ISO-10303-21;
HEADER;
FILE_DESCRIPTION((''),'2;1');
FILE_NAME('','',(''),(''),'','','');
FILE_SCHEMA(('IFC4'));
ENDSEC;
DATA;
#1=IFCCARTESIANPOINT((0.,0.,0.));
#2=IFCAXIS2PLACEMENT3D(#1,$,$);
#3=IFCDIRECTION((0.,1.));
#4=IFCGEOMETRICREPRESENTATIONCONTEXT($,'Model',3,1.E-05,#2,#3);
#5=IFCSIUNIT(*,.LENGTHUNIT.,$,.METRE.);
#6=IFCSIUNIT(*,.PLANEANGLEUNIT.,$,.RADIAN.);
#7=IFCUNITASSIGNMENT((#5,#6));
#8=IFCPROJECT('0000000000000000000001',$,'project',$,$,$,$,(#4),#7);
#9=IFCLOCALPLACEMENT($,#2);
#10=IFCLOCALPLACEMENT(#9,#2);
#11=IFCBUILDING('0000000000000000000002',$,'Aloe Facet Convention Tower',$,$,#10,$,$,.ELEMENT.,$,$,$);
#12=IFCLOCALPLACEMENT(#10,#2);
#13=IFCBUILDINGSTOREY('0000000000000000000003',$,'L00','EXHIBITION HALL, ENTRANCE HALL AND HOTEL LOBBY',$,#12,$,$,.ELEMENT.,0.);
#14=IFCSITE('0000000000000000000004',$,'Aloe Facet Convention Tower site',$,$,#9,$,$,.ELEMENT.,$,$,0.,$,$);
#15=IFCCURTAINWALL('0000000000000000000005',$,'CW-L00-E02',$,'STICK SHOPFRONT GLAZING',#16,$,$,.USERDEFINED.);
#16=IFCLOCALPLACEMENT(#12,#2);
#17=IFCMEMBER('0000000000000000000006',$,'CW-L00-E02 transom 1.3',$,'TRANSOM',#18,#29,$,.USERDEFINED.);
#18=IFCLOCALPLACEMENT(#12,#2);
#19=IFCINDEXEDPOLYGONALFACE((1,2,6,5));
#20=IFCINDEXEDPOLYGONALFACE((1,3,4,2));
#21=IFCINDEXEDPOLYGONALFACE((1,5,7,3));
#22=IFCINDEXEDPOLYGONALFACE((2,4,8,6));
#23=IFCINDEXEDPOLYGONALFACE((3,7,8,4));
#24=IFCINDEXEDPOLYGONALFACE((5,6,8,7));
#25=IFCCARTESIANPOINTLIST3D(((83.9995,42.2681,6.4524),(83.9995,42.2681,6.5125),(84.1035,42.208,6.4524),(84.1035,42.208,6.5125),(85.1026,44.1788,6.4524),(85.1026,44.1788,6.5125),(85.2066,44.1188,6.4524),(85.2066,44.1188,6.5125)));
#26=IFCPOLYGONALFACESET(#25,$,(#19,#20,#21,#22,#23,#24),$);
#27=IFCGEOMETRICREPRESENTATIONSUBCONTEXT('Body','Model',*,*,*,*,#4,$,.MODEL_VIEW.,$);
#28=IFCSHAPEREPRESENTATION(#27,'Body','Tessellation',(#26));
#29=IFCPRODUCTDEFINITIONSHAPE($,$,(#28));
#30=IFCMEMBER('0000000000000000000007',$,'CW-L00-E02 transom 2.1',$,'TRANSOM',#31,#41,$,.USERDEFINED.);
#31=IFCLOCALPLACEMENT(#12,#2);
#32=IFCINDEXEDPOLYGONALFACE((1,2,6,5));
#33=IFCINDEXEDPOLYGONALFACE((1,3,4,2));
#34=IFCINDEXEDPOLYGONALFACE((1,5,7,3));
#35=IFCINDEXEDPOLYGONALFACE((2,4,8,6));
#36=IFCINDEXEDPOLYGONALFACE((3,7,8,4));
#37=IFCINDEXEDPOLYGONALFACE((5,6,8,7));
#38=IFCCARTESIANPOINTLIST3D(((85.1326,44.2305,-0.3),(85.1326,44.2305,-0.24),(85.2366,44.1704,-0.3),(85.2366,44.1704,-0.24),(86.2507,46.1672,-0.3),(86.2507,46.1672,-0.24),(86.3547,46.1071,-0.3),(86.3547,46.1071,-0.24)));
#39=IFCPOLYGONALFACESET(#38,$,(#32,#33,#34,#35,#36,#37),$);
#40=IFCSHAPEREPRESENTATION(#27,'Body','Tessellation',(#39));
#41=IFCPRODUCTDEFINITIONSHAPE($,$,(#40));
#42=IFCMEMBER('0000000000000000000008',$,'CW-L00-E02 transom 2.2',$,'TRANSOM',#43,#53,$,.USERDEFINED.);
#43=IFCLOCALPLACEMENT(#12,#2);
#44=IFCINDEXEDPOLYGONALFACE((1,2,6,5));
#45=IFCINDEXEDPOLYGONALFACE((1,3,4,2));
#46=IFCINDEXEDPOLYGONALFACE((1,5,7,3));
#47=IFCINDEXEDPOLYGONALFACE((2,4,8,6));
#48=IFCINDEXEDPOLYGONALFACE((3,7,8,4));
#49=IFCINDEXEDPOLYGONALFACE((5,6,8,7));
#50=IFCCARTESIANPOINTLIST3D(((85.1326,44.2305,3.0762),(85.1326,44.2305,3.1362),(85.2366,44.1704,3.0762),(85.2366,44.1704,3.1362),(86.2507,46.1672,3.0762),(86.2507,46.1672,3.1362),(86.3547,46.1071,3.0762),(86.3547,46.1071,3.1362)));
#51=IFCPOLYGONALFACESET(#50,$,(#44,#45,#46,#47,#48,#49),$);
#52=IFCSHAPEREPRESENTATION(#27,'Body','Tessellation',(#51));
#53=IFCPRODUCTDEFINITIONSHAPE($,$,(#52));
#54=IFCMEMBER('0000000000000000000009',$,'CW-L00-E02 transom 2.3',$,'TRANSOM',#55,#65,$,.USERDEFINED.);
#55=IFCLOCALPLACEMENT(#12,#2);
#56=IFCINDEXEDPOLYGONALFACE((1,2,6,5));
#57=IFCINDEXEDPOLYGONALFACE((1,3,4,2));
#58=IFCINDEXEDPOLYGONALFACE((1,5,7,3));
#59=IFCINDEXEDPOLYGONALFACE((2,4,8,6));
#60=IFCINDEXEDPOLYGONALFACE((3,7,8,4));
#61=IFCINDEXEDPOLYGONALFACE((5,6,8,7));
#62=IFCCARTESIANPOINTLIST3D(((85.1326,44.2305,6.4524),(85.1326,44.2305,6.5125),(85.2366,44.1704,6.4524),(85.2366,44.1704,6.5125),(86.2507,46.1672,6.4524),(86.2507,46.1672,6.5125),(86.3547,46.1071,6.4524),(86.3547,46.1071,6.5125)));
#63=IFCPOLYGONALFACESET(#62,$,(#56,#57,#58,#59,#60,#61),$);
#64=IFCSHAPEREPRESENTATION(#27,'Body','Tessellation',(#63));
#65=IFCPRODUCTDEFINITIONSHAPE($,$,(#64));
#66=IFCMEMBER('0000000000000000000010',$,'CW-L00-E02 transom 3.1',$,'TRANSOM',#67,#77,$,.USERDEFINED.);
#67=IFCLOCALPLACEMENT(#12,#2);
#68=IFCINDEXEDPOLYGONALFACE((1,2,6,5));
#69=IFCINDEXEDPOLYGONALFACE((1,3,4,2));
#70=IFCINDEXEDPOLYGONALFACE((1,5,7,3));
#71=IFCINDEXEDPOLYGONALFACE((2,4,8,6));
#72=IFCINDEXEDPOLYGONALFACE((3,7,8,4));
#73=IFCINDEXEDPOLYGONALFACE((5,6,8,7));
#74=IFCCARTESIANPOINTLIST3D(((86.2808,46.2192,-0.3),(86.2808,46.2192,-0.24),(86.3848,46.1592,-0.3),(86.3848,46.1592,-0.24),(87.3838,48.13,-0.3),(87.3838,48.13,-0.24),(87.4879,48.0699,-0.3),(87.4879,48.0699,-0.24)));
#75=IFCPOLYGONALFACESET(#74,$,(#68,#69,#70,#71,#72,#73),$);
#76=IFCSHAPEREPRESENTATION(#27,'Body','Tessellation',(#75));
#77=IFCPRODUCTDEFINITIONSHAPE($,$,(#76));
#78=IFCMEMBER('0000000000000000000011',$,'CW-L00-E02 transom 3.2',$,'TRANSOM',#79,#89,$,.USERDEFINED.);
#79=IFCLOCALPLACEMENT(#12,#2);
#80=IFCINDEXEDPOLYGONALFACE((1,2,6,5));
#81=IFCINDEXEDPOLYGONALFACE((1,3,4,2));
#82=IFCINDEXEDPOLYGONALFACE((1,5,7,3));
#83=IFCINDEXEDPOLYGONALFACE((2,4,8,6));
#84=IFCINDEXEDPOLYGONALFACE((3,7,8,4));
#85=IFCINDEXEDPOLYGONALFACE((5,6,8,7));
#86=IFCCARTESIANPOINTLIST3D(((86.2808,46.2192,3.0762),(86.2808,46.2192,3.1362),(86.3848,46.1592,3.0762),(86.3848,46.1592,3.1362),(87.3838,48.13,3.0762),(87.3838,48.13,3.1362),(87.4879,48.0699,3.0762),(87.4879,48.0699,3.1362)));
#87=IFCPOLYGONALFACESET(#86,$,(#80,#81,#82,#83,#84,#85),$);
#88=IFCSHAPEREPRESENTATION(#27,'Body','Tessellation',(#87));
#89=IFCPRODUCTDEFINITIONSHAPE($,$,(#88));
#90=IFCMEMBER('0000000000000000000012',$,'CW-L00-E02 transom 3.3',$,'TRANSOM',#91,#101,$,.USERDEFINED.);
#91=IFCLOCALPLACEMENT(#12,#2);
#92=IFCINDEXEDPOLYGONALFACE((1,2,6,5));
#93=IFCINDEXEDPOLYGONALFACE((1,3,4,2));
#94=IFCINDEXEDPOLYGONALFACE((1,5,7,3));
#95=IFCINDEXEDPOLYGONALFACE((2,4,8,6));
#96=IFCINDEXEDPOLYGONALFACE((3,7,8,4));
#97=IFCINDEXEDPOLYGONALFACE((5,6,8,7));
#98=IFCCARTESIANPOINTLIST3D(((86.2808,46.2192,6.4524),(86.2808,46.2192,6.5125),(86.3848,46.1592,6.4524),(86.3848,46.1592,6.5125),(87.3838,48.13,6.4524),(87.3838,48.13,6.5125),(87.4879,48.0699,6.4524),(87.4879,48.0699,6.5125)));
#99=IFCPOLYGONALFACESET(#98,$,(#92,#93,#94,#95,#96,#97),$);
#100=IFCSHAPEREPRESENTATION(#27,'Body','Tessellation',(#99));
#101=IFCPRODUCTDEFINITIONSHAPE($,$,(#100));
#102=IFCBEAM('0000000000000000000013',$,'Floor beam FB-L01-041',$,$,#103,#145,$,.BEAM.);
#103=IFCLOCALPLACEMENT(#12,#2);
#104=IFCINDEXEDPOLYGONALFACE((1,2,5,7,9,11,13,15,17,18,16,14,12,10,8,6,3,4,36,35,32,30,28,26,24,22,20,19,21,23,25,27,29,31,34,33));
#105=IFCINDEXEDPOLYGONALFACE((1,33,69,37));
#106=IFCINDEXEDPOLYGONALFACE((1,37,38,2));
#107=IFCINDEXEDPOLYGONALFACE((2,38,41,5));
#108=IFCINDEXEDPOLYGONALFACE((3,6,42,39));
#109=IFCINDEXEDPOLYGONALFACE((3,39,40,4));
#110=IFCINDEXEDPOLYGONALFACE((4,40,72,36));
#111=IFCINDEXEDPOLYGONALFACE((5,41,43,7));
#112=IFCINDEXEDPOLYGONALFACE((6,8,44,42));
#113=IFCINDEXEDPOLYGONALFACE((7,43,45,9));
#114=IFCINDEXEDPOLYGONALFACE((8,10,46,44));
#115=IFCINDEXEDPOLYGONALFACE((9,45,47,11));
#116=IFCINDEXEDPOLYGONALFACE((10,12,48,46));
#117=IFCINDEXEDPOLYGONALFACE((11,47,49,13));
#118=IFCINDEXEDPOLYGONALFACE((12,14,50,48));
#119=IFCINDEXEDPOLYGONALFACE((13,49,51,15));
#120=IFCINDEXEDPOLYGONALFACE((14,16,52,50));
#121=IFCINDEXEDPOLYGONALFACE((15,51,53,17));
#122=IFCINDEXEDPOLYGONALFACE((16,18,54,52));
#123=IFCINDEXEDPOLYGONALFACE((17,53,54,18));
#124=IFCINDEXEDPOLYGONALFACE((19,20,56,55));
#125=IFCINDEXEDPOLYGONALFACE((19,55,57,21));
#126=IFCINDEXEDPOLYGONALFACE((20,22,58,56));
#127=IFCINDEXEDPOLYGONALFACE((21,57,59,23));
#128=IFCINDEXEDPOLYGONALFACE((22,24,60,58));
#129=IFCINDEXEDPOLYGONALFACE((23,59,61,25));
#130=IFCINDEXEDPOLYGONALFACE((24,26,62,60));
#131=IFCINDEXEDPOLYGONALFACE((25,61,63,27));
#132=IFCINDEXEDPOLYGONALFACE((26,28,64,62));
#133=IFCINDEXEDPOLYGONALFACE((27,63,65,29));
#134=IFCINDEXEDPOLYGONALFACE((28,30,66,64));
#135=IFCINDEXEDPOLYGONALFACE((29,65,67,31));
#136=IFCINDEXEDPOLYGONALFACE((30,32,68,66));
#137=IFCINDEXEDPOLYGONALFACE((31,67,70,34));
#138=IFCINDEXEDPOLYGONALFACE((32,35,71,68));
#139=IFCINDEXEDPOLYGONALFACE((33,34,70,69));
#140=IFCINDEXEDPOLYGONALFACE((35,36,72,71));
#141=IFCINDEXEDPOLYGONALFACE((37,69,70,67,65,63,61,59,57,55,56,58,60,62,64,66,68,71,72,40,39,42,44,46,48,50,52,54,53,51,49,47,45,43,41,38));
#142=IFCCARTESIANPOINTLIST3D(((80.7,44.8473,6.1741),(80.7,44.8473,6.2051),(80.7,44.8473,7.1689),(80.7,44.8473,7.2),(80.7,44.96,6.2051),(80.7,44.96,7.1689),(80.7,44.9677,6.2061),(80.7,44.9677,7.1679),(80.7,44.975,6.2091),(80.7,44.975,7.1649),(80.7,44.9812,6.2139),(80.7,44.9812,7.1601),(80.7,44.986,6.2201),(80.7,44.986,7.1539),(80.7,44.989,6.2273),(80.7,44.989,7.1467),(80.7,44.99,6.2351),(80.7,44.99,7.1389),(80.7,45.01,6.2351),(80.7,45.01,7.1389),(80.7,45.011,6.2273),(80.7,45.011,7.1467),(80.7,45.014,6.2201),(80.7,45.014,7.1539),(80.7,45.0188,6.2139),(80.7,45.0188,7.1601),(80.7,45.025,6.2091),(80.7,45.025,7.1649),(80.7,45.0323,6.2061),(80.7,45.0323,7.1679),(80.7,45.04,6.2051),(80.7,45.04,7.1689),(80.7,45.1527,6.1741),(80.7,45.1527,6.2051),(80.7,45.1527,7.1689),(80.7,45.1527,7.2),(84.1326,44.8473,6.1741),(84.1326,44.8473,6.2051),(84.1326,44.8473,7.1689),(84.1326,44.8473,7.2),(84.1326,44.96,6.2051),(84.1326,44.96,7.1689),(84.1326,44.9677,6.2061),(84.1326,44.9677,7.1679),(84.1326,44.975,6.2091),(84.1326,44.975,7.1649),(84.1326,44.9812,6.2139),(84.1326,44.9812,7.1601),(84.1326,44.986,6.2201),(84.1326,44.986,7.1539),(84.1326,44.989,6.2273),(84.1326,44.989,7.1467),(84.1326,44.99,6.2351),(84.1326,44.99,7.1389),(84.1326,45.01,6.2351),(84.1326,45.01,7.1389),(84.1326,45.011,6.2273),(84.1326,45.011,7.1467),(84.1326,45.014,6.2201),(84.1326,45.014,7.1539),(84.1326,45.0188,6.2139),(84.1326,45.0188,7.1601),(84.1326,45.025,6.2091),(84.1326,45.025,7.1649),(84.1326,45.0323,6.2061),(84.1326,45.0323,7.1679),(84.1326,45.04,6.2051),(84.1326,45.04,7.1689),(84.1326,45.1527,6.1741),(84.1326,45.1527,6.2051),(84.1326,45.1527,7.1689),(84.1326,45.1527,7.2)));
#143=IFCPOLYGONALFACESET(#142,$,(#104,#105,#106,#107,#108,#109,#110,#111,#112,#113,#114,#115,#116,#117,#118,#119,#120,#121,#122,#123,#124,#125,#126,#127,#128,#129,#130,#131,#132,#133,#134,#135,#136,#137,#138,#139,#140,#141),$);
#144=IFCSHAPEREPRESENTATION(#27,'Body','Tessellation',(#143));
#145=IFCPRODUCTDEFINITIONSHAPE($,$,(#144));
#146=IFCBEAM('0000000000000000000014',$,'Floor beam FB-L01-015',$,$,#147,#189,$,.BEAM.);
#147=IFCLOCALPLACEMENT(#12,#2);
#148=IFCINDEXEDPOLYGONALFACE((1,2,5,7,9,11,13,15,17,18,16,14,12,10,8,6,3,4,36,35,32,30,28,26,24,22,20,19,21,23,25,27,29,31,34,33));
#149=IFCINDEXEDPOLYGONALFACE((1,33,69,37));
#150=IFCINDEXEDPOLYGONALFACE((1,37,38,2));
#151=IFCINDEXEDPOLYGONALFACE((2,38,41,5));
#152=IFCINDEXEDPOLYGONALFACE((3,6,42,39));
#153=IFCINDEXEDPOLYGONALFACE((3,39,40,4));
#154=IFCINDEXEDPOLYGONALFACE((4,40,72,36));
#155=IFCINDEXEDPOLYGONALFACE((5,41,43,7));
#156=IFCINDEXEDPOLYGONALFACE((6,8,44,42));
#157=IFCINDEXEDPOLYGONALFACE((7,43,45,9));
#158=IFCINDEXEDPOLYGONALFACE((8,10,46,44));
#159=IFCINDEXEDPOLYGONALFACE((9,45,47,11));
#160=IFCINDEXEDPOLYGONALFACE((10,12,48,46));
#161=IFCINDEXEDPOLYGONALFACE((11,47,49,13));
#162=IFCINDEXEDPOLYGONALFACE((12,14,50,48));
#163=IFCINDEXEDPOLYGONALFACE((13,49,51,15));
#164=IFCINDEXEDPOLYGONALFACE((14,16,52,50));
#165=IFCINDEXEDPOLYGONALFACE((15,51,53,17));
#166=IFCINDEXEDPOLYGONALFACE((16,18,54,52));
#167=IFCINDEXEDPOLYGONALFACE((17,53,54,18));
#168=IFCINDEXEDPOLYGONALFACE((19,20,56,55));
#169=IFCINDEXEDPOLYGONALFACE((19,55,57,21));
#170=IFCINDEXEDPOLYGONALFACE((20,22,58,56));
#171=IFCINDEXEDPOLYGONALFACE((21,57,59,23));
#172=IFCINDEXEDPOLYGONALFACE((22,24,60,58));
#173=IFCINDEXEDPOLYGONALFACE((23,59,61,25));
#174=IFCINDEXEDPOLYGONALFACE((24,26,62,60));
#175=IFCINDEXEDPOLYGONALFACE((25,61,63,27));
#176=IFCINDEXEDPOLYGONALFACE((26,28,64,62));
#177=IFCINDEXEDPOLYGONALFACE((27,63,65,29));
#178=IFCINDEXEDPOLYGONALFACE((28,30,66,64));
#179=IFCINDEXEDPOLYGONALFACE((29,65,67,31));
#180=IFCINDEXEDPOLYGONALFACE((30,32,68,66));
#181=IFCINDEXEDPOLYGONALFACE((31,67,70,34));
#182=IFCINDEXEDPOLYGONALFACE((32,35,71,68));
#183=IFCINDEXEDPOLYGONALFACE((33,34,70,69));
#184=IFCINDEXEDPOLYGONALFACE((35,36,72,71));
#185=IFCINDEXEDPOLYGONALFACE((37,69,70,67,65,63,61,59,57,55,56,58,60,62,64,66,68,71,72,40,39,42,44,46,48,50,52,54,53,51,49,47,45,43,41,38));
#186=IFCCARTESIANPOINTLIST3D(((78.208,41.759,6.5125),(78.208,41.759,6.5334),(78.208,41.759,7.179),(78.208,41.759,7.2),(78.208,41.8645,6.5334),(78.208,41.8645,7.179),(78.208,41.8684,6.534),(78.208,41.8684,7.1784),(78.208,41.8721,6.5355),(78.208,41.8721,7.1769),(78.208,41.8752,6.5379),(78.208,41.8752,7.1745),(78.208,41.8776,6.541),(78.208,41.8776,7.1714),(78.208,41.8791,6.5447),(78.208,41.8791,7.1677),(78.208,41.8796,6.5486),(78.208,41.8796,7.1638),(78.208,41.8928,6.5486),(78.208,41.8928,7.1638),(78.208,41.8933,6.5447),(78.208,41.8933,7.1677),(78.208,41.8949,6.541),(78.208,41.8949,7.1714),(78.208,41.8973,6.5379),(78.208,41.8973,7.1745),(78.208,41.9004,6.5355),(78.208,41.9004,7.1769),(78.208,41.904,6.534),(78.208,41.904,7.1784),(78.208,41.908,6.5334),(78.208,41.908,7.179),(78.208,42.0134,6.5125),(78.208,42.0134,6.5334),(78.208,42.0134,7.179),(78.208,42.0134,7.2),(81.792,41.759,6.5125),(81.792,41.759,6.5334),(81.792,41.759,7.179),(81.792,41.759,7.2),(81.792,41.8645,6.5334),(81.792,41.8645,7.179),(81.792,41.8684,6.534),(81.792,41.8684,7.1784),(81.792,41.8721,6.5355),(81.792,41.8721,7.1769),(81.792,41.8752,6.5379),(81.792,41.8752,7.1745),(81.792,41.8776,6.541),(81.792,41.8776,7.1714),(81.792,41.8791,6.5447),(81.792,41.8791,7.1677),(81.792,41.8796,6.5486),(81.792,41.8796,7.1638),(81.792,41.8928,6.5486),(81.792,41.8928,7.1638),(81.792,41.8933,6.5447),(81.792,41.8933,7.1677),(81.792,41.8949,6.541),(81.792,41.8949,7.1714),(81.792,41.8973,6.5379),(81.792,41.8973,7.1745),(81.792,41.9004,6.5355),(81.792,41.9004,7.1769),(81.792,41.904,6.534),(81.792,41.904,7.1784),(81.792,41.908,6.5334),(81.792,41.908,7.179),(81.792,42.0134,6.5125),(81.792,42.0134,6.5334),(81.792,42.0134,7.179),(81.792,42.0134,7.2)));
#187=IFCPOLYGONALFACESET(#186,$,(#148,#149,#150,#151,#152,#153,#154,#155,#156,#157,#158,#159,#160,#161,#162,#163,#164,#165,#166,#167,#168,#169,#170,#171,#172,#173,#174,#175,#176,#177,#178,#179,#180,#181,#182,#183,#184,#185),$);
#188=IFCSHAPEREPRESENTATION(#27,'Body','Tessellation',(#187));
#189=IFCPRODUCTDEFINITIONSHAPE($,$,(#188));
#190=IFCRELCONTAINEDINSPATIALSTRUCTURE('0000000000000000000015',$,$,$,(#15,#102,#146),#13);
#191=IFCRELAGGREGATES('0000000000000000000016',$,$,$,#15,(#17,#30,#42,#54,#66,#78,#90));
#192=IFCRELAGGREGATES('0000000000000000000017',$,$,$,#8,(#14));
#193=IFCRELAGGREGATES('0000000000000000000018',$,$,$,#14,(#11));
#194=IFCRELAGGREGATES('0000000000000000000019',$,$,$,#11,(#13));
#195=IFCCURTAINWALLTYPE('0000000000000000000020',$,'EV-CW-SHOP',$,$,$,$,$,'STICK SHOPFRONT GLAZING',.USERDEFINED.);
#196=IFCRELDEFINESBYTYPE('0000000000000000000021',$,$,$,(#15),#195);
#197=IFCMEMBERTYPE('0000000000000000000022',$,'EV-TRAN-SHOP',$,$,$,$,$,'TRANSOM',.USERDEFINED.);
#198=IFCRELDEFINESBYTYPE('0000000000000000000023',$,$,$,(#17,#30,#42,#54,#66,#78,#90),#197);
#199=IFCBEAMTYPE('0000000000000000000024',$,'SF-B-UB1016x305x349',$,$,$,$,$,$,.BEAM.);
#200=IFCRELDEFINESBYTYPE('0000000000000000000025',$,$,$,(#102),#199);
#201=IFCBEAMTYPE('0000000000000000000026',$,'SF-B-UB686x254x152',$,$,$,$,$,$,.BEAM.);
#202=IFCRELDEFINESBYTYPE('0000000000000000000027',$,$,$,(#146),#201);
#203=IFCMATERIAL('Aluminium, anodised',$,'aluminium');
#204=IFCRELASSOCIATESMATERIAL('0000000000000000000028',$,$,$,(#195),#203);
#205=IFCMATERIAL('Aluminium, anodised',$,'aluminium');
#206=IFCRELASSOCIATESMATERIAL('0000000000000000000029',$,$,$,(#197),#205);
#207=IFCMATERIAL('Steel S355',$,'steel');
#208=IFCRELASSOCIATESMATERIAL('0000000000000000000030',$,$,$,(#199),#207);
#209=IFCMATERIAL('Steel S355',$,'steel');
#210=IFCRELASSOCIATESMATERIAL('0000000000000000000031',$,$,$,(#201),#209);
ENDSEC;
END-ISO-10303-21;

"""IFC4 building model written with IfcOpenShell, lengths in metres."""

from ifc_helpers import new_model, si_unit, direction, frame, origin, origin_2d, place, context, subcontext, project, spatial, rectangle, i_section, extrude, material, material_profile, profile_set, type_object, element, aggregate, save


model = new_model("IFC4")

# Units and contexts
model_context = context("Model", 3, precision=1e-05, world=origin(), true_north=direction((0.0, 1.0)))
body_context = subcontext(model_context, "Body", "Model", "MODEL_VIEW")
ifc_project = project(units=[si_unit("LENGTHUNIT", "METRE"), si_unit("PLANEANGLEUNIT", "RADIAN")], contexts=[model_context])

# Site, building, storey
site_placement = place(None, origin())
site = spatial("IfcSite", under=ifc_project, at=site_placement, Name="Aloe Facet Convention Tower site", CompositionType="ELEMENT", RefElevation=0.0)
building_placement = place(site_placement, origin())
building = spatial("IfcBuilding", under=site, at=building_placement, Name="Aloe Facet Convention Tower", CompositionType="ELEMENT")
storey_placement = place(building_placement, origin())
storey = spatial("IfcBuildingStorey", under=building, at=storey_placement, Name="L00", Description="EXHIBITION HALL, ENTRANCE HALL AND HOTEL LOBBY", CompositionType="ELEMENT", Elevation=0.0)

# Curtain wall, members
ifc_material_1 = material(Name="Aluminium, anodised", Category="aluminium")
curtain_wall_type = type_object("IfcCurtainWallType", Name="EV-CW-SHOP", ElementType="STICK SHOPFRONT GLAZING", PredefinedType="USERDEFINED", material=ifc_material_1)
curtain_wall_placement = place(storey_placement, origin())
curtain_wall = element("IfcCurtainWall", 1, at=curtain_wall_placement, inside=storey, type_object=curtain_wall_type, Name="CW-L00-E02", ObjectType="STICK SHOPFRONT GLAZING", PredefinedType="USERDEFINED")
ifc_material_2 = material(Name="Aluminium, anodised", Category="aluminium")
ifc_material_profile_1 = material_profile(ifc_material_2, rectangle(XDim=0.1201, YDim=0.0601, at=origin_2d()), Name="AL 120x60")
ifc_profile_set_1 = profile_set([ifc_material_profile_1], Name="Aluminium, anodised")
member_type_1 = type_object("IfcMemberType", Name="EV-TRAN-SHOP", ElementType="TRANSOM", PredefinedType="USERDEFINED", material=ifc_profile_set_1)
member_1_placement = place(storey_placement, frame((84.0515, 42.238, 6.4824), z_axis=(0.499972, 0.866042, 0.0), x_axis=(-0.866042, 0.499972, 0.0)))
member_1 = element("IfcMember", 2, at=member_1_placement, type_object=member_type_1, Name="CW-L00-E02 transom 1.3", ObjectType="TRANSOM", PredefinedType="USERDEFINED", context=body_context, shape_type="SweptSolid", body=[
    extrude(rectangle(XDim=0.1201, YDim=0.0601, at=origin_2d()), origin(), (0.0, 0.0, 1.0), 2.2063),
])
member_2_placement = place(storey_placement, frame((85.1846, 44.2004, -0.27), z_axis=(0.49999, 0.866031, 0.0), x_axis=(-0.866031, 0.49999, 0.0)))
member_2 = element("IfcMember", 3, at=member_2_placement, type_object=member_type_1, Name="CW-L00-E02 transom 2.1", ObjectType="TRANSOM", PredefinedType="USERDEFINED", context=body_context, shape_type="SweptSolid", body=[
    extrude(rectangle(XDim=0.1201, YDim=0.0601, at=origin_2d()), origin(), (0.0, 0.0, 1.0), 2.2363),
])
member_3_placement = place(storey_placement, frame((85.1846, 44.2004, 3.1062), z_axis=(0.49999, 0.866031, 0.0), x_axis=(-0.866031, 0.49999, 0.0)))
member_3 = element("IfcMember", 4, at=member_3_placement, type_object=member_type_1, Name="CW-L00-E02 transom 2.2", ObjectType="TRANSOM", PredefinedType="USERDEFINED", context=body_context, shape_type="SweptSolid", body=[
    extrude(rectangle(XDim=0.1201, YDim=0.0601, at=origin_2d()), origin(), (0.0, 0.0, 1.0), 2.2363),
])
member_4_placement = place(storey_placement, frame((85.1846, 44.2004, 6.4824), z_axis=(0.49999, 0.866031, 0.0), x_axis=(-0.866031, 0.49999, 0.0)))
member_4 = element("IfcMember", 5, at=member_4_placement, type_object=member_type_1, Name="CW-L00-E02 transom 2.3", ObjectType="TRANSOM", PredefinedType="USERDEFINED", context=body_context, shape_type="SweptSolid", body=[
    extrude(rectangle(XDim=0.1201, YDim=0.0601, at=origin_2d()), origin(), (0.0, 0.0, 1.0), 2.2363),
])
member_5_placement = place(storey_placement, frame((86.3328, 46.1892, -0.27), z_axis=(0.499972, 0.866042, 0.0), x_axis=(-0.866042, 0.499972, 0.0)))
member_5 = element("IfcMember", 6, at=member_5_placement, type_object=member_type_1, Name="CW-L00-E02 transom 3.1", ObjectType="TRANSOM", PredefinedType="USERDEFINED", context=body_context, shape_type="SweptSolid", body=[
    extrude(rectangle(XDim=0.1201, YDim=0.0601, at=origin_2d()), origin(), (0.0, 0.0, 1.0), 2.2063),
])
member_6_placement = place(storey_placement, frame((86.3328, 46.1892, 3.1062), z_axis=(0.499972, 0.866042, 0.0), x_axis=(-0.866042, 0.499972, 0.0)))
member_6 = element("IfcMember", 7, at=member_6_placement, type_object=member_type_1, Name="CW-L00-E02 transom 3.2", ObjectType="TRANSOM", PredefinedType="USERDEFINED", context=body_context, shape_type="SweptSolid", body=[
    extrude(rectangle(XDim=0.1201, YDim=0.0601, at=origin_2d()), origin(), (0.0, 0.0, 1.0), 2.2063),
])
member_7_placement = place(storey_placement, frame((86.3328, 46.1892, 6.4824), z_axis=(0.499972, 0.866042, 0.0), x_axis=(-0.866042, 0.499972, 0.0)))
member_7 = element("IfcMember", 8, at=member_7_placement, type_object=member_type_1, Name="CW-L00-E02 transom 3.3", ObjectType="TRANSOM", PredefinedType="USERDEFINED", context=body_context, shape_type="SweptSolid", body=[
    extrude(rectangle(XDim=0.1201, YDim=0.0601, at=origin_2d()), origin(), (0.0, 0.0, 1.0), 2.2063),
])

# Beams
ifc_material_3 = material(Name="Steel S355", Category="steel")
ifc_material_profile_2 = material_profile(ifc_material_3, i_section(OverallWidth=0.3054, OverallDepth=1.0259, WebThickness=0.02, FlangeThickness=0.031, FilletRadius=0.03, at=origin_2d()), Name="UB 1016x305x349")
ifc_profile_set_2 = profile_set([ifc_material_profile_2], Name="Steel S355")
beam_type_1 = type_object("IfcBeamType", Name="SF-B-UB1016x305x349", PredefinedType="BEAM", material=ifc_profile_set_2)
beam_1_placement = place(storey_placement, frame((80.7, 45.0, 6.687), z_axis=(1.0, 0.0, 0.0), x_axis=(0.0, 1.0, 0.0)))
element("IfcBeam", 9, at=beam_1_placement, inside=storey, type_object=beam_type_1, Name="Floor beam FB-L01-041", PredefinedType="BEAM", context=body_context, shape_type="SweptSolid", body=[
    extrude(i_section(OverallWidth=0.3054, OverallDepth=1.0259, WebThickness=0.02, FlangeThickness=0.031, FilletRadius=0.03, at=origin_2d()), origin(), (0.0, 0.0, 1.0), 3.4326),
])
ifc_material_4 = material(Name="Steel S355", Category="steel")
ifc_material_profile_3 = material_profile(ifc_material_4, i_section(OverallWidth=0.2544, OverallDepth=0.6875, WebThickness=0.0132, FlangeThickness=0.021, FilletRadius=0.0151, at=origin_2d()), Name="UB 686x254x152")
ifc_profile_set_3 = profile_set([ifc_material_profile_3], Name="Steel S355")
beam_type_2 = type_object("IfcBeamType", Name="SF-B-UB686x254x152", PredefinedType="BEAM", material=ifc_profile_set_3)
beam_2_placement = place(storey_placement, frame((81.792, 41.8862, 6.8562), z_axis=(-1.0, 0.0, 0.0), x_axis=(0.0, -1.0, 0.0)))
element("IfcBeam", 10, at=beam_2_placement, inside=storey, type_object=beam_type_2, Name="Floor beam FB-L01-015", PredefinedType="BEAM", context=body_context, shape_type="SweptSolid", body=[
    extrude(i_section(OverallWidth=0.2544, OverallDepth=0.6875, WebThickness=0.0132, FlangeThickness=0.021, FilletRadius=0.0151, at=origin_2d()), origin(), (0.0, 0.0, 1.0), 3.584),
])

aggregate(curtain_wall, [member_1, member_2, member_3, member_4, member_5, member_6, member_7])

save(model, "model.ifc")
